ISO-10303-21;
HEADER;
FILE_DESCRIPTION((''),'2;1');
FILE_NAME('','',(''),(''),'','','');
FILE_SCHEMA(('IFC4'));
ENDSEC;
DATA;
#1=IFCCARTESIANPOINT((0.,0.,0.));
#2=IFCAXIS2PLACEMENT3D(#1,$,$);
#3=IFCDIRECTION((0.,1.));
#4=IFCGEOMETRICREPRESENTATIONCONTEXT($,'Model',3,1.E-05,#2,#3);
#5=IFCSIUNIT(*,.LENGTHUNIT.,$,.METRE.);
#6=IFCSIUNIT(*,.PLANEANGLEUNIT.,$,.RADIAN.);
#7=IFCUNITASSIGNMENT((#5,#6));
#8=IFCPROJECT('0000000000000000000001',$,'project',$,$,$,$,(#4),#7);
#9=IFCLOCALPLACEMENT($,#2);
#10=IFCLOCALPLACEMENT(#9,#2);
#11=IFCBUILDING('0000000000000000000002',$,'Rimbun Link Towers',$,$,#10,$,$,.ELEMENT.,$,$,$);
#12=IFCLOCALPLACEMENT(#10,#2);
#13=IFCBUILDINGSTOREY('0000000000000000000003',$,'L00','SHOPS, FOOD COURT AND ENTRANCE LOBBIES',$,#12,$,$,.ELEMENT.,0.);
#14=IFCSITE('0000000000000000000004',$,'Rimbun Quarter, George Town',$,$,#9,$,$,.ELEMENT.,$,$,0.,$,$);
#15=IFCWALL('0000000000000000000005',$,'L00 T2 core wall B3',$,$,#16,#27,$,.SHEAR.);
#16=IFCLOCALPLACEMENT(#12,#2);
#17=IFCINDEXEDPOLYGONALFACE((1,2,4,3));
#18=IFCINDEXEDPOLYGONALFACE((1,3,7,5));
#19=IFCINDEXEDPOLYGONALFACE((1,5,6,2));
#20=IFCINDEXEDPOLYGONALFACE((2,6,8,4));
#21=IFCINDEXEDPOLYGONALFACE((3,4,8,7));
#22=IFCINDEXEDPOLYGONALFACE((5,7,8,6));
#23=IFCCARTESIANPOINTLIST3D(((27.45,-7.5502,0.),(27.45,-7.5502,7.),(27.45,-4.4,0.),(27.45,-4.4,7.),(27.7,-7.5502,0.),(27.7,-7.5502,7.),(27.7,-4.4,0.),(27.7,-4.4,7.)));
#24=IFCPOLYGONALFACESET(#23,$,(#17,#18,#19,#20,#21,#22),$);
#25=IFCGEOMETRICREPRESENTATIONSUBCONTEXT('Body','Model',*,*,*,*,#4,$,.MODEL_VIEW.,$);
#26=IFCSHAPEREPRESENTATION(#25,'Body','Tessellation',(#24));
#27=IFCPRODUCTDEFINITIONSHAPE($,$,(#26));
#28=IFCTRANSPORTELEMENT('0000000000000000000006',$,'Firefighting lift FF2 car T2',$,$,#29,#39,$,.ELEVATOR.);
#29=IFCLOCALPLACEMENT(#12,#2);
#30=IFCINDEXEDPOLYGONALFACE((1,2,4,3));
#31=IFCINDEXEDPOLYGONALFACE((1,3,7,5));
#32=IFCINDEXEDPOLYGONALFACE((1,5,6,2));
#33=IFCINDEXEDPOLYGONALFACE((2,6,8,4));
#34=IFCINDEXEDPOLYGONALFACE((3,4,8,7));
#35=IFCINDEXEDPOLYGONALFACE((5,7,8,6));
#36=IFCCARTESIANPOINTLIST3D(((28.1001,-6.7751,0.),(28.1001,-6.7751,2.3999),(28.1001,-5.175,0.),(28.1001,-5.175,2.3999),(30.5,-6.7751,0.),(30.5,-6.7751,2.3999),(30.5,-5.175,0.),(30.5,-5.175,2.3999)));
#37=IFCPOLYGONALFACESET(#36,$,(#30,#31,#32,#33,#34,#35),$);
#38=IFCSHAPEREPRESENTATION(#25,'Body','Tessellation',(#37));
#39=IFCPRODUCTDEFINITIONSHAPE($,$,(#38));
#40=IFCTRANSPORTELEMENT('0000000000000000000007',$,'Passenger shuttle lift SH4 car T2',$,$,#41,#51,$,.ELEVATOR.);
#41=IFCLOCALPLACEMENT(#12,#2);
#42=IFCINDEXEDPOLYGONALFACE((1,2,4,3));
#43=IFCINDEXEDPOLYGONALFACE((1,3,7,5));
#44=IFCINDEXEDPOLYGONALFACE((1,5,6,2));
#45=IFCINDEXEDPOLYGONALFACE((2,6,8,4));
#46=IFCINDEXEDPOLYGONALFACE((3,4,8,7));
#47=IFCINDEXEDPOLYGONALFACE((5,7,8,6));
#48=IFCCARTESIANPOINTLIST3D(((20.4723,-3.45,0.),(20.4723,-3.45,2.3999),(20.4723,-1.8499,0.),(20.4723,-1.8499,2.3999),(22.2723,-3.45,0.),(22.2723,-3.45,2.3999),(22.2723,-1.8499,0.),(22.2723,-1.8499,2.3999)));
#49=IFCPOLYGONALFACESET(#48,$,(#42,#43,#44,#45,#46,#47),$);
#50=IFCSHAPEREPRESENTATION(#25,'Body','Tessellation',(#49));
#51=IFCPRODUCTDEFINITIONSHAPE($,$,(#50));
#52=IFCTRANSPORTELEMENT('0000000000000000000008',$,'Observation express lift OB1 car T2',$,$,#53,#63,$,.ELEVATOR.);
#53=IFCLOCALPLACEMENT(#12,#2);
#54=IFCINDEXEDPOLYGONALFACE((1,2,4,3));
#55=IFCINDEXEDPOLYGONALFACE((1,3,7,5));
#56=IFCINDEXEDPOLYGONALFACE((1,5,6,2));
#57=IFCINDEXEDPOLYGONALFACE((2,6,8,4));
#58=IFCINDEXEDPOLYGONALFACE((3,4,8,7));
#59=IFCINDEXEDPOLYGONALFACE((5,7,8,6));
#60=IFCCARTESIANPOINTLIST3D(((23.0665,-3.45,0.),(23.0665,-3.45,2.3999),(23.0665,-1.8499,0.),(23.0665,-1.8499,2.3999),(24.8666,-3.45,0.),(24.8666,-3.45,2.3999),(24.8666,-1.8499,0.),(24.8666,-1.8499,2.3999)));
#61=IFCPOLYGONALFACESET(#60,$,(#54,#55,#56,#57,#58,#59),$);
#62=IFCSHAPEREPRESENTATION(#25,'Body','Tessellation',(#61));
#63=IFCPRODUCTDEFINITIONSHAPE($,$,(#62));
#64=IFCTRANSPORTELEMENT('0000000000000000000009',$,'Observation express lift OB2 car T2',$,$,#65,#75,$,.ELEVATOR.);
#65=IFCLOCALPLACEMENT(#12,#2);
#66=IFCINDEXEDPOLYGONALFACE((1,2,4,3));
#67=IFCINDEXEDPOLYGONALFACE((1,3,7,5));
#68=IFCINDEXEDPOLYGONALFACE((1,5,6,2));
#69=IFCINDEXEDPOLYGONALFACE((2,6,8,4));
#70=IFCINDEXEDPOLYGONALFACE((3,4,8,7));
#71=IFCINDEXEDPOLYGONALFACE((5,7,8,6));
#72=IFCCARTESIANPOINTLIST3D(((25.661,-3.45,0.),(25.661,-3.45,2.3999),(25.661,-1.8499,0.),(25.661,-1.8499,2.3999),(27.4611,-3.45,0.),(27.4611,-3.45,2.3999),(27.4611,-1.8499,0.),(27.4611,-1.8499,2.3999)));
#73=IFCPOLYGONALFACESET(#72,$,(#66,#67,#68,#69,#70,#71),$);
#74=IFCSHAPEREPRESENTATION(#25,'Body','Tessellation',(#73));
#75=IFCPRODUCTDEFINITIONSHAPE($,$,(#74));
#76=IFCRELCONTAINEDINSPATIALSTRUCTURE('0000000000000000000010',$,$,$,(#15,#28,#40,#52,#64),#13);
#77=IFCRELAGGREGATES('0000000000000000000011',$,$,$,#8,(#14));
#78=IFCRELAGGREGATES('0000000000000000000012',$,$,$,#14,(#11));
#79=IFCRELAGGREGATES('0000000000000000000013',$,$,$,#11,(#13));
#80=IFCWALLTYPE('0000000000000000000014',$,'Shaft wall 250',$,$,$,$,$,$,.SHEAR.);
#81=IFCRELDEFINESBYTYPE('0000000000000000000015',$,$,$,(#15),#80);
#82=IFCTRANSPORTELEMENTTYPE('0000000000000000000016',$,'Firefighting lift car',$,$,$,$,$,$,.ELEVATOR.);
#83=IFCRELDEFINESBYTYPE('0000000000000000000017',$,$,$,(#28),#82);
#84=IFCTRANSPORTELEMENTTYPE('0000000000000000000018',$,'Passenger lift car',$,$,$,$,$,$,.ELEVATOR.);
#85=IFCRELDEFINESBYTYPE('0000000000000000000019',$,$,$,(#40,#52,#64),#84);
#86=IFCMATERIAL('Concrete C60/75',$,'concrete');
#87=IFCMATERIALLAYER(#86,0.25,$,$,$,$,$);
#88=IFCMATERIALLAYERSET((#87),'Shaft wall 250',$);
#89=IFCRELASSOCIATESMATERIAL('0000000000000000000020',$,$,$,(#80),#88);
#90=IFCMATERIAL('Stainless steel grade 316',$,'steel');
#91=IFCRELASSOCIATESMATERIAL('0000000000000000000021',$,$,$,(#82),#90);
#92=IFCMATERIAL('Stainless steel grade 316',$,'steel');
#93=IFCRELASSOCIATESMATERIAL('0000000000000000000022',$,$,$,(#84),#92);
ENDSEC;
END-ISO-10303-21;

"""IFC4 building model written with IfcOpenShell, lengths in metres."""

from ifc_helpers import new_model, si_unit, direction, frame, frame_2d, origin, origin_2d, place, context, subcontext, project, spatial, rectangle, extrude, material, layer, layer_set, type_object, element, save


model = new_model("IFC4")

# Units and contexts
model_context = context("Model", 3, precision=1e-05, world=origin(), true_north=direction((0.0, 1.0)))
body_context = subcontext(model_context, "Body", "Model", "MODEL_VIEW")
ifc_project = project(units=[si_unit("LENGTHUNIT", "METRE"), si_unit("PLANEANGLEUNIT", "RADIAN")], contexts=[model_context])

# Site, building, storey
site_placement = place(None, origin())
site = spatial("IfcSite", under=ifc_project, at=site_placement, Name="Rimbun Quarter, George Town", CompositionType="ELEMENT", RefElevation=0.0)
building_placement = place(site_placement, origin())
building = spatial("IfcBuilding", under=site, at=building_placement, Name="Rimbun Link Towers", CompositionType="ELEMENT")
storey_placement = place(building_placement, origin())
storey = spatial("IfcBuildingStorey", under=building, at=storey_placement, Name="L00", Description="SHOPS, FOOD COURT AND ENTRANCE LOBBIES", CompositionType="ELEMENT", Elevation=0.0)

# Shared definitions
ifc_material_1 = material(Name="Concrete C60/75", Category="concrete")
ifc_layer_1 = layer(ifc_material_1, 0.25)
ifc_layer_set_1 = layer_set([ifc_layer_1], Name="Shaft wall 250")
wall_type_1 = type_object("IfcWallType", Name="Shaft wall 250", PredefinedType="SHEAR", material=ifc_layer_set_1)

# Wall
wall_1_placement = place(storey_placement, frame((27.575, -4.3999, 0.0), z_axis=(0.0, 0.0, 1.0), x_axis=(0.0, -1.0, 0.0)))
element("IfcWall", 1, at=wall_1_placement, inside=storey, type_object=wall_type_1, Name="L00 T2 core wall B3", PredefinedType="SHEAR", context=body_context, shape_type="SweptSolid", body=[
    extrude(rectangle(XDim=3.1501, YDim=0.25, at=frame_2d((1.5752, 0.0))), origin(), (0.0, 0.0, 1.0), 7.0),
])

# Transport elements
ifc_material_2 = material(Name="Stainless steel grade 316", Category="steel")
transport_element_type_1 = type_object("IfcTransportElementType", Name="Firefighting lift car", PredefinedType="ELEVATOR", material=ifc_material_2)
transport_element_placement = place(storey_placement, frame((29.3, -5.9751, 0.0), z_axis=(0.0, 0.0, 1.0), x_axis=(1.0, 0.0, 0.0)))
element("IfcTransportElement", 2, at=transport_element_placement, inside=storey, type_object=transport_element_type_1, Name="Firefighting lift FF2 car T2", PredefinedType="ELEVATOR", context=body_context, shape_type="SweptSolid", body=[
    extrude(rectangle(XDim=2.3999, YDim=1.6001, at=origin_2d()), origin(), (0.0, 0.0, 1.0), 2.3999),
])
ifc_material_3 = material(Name="Stainless steel grade 316", Category="steel")
transport_element_type_2 = type_object("IfcTransportElementType", Name="Passenger lift car", PredefinedType="ELEVATOR", material=ifc_material_3)
for number, where, z_axis, x_axis, name in (
    (3, (21.3723, -2.6499, 0.0), (0.0, 0.0, 1.0), (1.0, 0.0, 0.0), "Passenger shuttle lift SH4 car T2"),
    (4, (23.9666, -2.6499, 0.0), (0.0, 0.0, 1.0), (1.0, 0.0, 0.0), "Observation express lift OB1 car T2"),
    (5, (26.561, -2.6499, 0.0), (0.0, 0.0, 1.0), (1.0, 0.0, 0.0), "Observation express lift OB2 car T2"),
):
    element("IfcTransportElement", number, at=place(storey_placement, frame(where, z_axis=z_axis, x_axis=x_axis)), inside=storey, type_object=transport_element_type_2, Name=name, PredefinedType="ELEVATOR", context=body_context, shape_type="SweptSolid", body=[
        extrude(rectangle(XDim=1.8, YDim=1.6001, at=origin_2d()), origin(), (0.0, 0.0, 1.0), 2.3999),
    ])

save(model, "model.ifc")
